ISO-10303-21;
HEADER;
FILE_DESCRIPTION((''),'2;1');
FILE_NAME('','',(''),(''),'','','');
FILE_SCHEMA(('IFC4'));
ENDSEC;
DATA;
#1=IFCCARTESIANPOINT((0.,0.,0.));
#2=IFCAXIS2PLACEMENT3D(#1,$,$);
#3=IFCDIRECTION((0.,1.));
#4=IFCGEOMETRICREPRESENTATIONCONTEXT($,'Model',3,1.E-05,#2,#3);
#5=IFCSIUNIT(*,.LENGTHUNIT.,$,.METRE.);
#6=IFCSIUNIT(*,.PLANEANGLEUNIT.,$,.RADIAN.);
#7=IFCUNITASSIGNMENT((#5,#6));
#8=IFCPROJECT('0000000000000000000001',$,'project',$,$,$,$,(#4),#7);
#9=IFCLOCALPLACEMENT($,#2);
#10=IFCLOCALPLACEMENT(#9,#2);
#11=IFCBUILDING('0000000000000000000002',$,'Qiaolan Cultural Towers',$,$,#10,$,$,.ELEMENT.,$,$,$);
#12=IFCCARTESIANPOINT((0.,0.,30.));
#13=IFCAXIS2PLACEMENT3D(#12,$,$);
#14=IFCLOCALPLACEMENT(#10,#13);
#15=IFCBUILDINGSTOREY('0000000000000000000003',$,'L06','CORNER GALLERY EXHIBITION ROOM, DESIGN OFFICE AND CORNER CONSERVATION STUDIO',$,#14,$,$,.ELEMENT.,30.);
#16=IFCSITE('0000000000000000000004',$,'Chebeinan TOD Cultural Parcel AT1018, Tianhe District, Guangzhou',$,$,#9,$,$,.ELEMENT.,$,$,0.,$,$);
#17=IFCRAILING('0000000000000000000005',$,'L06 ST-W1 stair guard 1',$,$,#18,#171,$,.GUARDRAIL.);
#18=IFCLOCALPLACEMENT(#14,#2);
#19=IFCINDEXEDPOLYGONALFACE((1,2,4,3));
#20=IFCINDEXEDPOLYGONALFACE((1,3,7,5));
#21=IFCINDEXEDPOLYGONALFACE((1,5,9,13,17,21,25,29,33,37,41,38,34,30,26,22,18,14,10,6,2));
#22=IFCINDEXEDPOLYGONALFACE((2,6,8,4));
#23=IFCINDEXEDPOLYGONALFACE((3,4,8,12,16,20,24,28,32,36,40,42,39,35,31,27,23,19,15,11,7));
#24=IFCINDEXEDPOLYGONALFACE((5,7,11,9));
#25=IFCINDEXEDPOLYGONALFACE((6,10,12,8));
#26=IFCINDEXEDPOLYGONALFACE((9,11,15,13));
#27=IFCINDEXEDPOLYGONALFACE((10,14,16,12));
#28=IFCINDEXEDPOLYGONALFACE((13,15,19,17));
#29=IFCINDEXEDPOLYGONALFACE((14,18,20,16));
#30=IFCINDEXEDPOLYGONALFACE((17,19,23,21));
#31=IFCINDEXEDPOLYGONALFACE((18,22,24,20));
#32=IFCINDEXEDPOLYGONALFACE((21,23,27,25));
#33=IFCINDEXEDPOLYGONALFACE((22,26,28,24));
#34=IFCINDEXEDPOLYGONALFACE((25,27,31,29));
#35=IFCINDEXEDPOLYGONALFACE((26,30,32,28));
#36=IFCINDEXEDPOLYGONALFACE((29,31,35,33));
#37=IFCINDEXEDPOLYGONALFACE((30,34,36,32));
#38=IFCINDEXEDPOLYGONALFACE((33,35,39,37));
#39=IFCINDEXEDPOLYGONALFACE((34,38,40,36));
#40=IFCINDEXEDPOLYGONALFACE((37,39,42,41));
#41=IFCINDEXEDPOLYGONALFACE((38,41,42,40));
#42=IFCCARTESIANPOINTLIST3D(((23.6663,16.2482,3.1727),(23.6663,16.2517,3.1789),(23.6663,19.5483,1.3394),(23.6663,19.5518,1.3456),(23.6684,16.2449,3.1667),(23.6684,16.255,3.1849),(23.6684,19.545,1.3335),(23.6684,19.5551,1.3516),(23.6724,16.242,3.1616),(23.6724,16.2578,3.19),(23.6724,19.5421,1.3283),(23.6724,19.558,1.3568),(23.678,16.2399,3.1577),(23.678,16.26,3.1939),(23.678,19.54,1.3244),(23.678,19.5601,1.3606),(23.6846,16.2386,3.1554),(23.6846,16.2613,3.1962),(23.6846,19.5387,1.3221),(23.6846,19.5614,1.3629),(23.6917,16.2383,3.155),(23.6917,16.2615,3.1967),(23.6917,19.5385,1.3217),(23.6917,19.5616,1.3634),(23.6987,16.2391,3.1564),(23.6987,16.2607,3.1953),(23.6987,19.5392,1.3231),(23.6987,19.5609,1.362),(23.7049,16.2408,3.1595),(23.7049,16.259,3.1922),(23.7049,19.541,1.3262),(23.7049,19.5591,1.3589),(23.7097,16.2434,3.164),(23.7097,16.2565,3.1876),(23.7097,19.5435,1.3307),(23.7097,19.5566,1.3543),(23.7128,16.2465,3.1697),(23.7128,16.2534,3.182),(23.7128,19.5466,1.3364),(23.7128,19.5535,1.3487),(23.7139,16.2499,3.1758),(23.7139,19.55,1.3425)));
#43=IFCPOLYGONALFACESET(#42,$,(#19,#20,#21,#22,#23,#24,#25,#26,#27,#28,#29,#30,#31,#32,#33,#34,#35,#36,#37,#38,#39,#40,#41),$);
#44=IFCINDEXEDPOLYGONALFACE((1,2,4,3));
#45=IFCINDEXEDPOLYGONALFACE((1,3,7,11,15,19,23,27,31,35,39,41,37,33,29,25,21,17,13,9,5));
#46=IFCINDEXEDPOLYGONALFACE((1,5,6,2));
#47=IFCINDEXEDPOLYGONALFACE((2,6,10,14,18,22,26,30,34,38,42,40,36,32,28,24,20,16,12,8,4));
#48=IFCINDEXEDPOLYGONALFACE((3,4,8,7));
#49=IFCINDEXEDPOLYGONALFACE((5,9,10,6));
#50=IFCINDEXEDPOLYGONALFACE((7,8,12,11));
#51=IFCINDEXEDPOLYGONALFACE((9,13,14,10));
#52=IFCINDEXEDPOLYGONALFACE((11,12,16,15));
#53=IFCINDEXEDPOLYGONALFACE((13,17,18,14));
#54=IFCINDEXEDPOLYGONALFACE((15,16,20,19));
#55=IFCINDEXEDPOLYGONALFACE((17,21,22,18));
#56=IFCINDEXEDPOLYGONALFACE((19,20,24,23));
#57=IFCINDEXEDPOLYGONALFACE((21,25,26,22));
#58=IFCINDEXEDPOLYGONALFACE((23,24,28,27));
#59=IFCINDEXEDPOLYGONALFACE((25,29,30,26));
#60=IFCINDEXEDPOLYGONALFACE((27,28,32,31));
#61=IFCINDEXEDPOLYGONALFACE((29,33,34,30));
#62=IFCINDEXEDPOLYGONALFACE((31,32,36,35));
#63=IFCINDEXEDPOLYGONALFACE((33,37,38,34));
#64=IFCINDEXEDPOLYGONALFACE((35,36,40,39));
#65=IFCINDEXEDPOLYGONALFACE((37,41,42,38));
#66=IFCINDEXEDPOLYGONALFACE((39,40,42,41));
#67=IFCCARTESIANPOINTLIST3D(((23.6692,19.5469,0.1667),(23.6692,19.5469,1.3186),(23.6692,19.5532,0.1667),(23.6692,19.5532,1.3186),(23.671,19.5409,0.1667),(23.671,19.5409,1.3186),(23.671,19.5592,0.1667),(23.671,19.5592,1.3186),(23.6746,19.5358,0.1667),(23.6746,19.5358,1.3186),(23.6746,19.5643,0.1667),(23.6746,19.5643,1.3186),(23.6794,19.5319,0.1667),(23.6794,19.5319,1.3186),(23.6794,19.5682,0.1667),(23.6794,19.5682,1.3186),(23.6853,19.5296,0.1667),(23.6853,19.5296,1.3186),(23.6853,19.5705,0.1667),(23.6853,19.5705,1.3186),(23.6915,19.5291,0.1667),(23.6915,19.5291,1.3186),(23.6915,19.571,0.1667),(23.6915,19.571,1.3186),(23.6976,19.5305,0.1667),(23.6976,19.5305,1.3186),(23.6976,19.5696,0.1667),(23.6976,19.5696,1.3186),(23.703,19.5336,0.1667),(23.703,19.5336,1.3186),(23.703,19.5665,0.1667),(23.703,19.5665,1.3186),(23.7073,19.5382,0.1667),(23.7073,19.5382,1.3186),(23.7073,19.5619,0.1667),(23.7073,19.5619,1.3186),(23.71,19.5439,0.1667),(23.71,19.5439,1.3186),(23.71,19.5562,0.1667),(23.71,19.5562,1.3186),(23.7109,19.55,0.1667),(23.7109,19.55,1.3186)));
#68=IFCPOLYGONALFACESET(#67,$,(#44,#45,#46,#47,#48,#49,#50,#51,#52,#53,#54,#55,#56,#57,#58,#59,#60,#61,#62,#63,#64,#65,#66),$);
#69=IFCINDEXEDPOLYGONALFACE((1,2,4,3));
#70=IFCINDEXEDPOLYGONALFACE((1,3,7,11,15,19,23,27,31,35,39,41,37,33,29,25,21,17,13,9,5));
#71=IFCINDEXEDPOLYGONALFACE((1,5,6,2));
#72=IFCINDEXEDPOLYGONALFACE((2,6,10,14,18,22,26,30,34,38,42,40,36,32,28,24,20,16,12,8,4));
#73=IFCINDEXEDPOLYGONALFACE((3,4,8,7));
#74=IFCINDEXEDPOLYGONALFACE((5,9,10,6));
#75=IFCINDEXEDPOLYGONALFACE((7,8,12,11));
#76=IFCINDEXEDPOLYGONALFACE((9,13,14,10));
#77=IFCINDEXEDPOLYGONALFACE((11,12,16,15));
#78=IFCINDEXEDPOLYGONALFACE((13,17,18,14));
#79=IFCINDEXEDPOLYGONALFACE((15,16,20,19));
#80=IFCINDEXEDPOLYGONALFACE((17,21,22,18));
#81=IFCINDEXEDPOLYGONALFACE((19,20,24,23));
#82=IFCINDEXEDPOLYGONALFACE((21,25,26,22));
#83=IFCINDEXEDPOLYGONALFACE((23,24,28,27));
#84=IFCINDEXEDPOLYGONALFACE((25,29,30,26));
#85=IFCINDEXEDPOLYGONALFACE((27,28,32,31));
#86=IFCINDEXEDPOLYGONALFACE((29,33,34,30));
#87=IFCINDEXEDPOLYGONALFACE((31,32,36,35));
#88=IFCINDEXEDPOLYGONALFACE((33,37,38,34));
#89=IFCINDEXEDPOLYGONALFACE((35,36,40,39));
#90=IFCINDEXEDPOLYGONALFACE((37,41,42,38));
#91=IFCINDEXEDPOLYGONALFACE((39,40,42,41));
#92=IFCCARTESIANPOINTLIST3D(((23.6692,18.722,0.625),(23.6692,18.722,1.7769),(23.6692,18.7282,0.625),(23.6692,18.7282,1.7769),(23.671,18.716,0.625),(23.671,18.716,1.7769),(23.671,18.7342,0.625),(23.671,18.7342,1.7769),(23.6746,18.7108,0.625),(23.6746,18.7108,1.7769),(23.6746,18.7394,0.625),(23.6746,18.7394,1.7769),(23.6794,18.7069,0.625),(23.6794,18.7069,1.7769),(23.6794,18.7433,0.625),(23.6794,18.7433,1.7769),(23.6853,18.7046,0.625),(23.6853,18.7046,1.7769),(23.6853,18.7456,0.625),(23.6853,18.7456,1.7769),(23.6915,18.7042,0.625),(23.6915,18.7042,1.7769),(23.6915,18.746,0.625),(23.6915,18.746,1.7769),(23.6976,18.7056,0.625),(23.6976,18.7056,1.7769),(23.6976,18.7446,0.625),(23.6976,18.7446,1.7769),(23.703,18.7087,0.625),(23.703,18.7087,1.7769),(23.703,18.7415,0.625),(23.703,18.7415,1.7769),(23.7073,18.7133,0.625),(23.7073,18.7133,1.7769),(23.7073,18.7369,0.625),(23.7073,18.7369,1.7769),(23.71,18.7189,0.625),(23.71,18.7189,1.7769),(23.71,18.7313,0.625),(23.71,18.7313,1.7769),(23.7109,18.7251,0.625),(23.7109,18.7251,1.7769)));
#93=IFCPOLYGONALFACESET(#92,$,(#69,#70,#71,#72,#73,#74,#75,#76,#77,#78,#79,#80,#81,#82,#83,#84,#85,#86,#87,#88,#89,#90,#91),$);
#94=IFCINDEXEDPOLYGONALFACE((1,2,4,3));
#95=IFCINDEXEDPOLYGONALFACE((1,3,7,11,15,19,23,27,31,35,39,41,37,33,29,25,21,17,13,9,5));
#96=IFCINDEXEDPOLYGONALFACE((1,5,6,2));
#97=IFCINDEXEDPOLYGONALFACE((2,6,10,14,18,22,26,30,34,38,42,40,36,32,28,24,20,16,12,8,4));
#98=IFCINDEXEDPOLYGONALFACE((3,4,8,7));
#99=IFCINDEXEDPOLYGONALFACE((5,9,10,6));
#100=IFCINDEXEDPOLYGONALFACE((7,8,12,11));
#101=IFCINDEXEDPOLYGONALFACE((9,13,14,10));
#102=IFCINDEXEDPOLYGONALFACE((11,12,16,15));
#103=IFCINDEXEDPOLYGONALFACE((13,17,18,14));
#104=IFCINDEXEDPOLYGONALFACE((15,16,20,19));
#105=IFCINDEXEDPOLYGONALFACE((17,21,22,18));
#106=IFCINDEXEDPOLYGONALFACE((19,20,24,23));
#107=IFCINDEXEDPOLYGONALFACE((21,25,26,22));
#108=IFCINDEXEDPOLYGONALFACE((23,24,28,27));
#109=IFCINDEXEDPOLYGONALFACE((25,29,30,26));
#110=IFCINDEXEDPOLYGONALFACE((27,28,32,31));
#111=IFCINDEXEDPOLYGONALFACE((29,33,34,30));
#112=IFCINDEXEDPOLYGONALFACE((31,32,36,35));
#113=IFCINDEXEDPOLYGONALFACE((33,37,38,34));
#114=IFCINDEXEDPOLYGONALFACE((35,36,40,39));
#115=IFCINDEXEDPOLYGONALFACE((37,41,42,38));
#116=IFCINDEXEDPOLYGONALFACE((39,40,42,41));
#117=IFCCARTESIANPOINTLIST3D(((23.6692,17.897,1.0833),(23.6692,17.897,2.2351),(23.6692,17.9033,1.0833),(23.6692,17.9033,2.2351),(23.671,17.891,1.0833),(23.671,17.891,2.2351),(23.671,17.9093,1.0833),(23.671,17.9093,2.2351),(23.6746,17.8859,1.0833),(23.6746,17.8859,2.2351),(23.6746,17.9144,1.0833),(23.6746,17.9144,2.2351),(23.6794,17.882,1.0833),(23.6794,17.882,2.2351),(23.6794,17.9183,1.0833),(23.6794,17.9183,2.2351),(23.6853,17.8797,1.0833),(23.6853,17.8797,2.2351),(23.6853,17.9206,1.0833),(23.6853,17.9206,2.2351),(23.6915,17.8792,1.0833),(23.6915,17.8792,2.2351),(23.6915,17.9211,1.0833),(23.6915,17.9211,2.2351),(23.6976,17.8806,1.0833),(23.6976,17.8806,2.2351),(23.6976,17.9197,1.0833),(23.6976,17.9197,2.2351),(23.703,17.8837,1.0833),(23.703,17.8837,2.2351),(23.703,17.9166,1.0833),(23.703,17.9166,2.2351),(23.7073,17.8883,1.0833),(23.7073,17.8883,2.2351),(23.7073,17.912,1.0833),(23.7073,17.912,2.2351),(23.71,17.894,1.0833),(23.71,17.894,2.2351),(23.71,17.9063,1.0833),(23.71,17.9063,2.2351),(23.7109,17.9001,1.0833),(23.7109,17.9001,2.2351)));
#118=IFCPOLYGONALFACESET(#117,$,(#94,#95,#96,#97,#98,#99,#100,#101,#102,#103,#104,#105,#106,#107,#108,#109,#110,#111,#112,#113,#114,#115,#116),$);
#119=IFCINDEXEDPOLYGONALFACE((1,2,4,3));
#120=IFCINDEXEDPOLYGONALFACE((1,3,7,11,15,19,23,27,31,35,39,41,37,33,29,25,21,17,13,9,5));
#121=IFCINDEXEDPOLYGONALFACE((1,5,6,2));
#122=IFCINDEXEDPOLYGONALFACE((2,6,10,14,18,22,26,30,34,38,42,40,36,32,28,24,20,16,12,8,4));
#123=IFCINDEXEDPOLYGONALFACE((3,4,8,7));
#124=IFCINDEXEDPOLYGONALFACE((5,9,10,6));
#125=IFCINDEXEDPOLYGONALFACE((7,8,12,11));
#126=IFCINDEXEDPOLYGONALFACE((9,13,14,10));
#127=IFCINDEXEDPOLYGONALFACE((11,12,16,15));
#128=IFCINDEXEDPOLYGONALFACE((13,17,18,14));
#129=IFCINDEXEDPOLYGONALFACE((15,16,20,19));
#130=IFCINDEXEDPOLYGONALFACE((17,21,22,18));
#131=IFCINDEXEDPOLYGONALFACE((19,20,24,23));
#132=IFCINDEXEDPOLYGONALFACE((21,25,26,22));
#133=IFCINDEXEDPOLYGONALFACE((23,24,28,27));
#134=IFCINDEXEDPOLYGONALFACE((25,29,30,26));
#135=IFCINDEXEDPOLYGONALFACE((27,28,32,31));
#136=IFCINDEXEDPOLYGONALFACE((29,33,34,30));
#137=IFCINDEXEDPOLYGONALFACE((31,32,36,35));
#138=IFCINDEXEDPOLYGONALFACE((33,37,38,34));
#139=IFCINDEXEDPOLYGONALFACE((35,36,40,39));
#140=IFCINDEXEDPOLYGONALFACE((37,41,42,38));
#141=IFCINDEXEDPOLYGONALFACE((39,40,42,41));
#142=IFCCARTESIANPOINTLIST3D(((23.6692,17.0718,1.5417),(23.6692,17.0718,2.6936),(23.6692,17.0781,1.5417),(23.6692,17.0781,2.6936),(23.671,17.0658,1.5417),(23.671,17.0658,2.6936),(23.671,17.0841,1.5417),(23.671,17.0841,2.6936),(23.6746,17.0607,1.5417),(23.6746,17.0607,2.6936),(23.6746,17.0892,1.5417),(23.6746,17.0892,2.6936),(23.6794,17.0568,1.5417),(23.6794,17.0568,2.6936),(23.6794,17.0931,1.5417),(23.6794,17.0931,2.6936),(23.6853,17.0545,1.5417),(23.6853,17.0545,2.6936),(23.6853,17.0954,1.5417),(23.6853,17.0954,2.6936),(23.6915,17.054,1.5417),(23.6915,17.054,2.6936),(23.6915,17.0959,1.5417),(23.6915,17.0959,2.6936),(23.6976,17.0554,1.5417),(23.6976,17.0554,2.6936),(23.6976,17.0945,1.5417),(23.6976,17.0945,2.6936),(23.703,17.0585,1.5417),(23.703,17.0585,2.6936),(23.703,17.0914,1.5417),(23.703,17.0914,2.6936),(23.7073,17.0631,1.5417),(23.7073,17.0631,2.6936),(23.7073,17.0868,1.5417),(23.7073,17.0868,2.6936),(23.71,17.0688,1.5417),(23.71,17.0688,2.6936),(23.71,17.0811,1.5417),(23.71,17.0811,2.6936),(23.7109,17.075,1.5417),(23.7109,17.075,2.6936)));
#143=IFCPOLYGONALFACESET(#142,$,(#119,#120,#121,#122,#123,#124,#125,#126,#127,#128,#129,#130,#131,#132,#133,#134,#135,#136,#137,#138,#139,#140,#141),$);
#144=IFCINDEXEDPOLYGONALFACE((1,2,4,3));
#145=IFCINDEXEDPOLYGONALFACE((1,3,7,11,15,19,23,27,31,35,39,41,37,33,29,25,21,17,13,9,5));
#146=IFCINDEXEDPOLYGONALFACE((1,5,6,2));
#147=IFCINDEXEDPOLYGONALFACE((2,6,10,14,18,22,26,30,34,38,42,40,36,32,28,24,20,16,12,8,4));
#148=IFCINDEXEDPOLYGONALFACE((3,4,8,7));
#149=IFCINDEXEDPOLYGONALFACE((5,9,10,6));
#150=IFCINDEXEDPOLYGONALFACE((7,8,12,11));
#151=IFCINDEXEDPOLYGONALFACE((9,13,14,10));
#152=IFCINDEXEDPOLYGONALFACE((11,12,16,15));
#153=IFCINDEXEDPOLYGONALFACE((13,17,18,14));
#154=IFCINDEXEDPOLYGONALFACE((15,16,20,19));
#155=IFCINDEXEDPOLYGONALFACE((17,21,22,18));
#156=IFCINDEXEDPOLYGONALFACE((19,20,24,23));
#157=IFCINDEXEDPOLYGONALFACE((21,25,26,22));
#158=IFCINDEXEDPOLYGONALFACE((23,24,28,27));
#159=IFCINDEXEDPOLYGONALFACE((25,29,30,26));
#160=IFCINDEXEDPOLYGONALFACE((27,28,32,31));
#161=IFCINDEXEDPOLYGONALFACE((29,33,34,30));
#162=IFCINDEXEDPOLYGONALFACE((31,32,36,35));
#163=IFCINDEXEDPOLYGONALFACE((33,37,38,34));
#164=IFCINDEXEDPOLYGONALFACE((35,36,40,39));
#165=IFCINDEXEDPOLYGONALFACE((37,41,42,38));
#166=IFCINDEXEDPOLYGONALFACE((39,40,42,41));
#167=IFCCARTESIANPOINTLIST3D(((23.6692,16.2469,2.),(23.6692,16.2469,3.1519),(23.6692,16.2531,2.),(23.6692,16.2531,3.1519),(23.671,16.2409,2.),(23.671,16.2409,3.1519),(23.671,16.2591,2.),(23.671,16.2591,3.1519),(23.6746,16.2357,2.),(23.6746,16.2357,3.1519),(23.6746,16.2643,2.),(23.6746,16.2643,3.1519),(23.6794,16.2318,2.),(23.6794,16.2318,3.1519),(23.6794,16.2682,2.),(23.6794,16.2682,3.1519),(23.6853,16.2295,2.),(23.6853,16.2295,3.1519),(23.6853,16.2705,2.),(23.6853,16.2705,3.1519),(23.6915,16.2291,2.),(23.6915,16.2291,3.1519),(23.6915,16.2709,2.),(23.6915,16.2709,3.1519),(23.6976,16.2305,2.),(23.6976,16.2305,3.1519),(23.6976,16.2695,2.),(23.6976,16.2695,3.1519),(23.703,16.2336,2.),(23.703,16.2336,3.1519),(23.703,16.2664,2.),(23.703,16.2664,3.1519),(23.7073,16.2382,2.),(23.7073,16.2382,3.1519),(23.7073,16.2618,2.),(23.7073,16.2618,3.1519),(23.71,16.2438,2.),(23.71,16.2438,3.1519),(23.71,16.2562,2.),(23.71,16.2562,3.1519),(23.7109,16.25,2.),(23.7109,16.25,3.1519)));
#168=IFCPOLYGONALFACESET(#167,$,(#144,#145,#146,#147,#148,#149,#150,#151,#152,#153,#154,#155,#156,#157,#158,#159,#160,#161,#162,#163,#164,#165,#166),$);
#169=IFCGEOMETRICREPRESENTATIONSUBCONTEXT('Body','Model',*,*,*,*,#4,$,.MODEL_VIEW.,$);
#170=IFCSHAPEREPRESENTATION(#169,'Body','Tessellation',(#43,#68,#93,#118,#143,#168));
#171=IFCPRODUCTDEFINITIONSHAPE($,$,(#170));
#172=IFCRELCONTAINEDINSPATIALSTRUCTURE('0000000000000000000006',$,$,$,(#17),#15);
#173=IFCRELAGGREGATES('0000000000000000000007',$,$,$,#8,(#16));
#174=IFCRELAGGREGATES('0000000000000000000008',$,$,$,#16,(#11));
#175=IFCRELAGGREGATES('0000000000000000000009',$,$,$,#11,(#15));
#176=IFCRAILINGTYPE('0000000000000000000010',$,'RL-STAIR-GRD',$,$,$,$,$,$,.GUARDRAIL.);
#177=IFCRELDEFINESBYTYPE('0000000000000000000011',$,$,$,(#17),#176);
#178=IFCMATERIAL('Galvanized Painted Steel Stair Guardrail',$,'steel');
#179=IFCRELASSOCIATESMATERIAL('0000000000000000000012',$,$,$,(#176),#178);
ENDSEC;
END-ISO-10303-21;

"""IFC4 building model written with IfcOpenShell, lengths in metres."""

from ifc_helpers import new_model, si_unit, direction, frame, origin, origin_2d, place, context, subcontext, project, spatial, circle, extrude, material, type_object, element, save


model = new_model("IFC4")

# Units and contexts
model_context = context("Model", 3, precision=1e-05, world=origin(), true_north=direction((0.0, 1.0)))
body_context = subcontext(model_context, "Body", "Model", "MODEL_VIEW")
ifc_project = project(units=[si_unit("LENGTHUNIT", "METRE"), si_unit("PLANEANGLEUNIT", "RADIAN")], contexts=[model_context])

# Site, building, storey
site_placement = place(None, origin())
site = spatial("IfcSite", under=ifc_project, at=site_placement, Name="Chebeinan TOD Cultural Parcel AT1018, Tianhe District, Guangzhou", CompositionType="ELEMENT", RefElevation=0.0)
building_placement = place(site_placement, origin())
building = spatial("IfcBuilding", under=site, at=building_placement, Name="Qiaolan Cultural Towers", CompositionType="ELEMENT")
storey_placement = place(building_placement, frame((0.0, 0.0, 30.0)))
storey = spatial("IfcBuildingStorey", under=building, at=storey_placement, Name="L06", Description="CORNER GALLERY EXHIBITION ROOM, DESIGN OFFICE AND CORNER CONSERVATION STUDIO", CompositionType="ELEMENT", Elevation=30.0)

# Railing
ifc_material_1 = material(Name="Galvanized Painted Steel Stair Guardrail", Category="steel")
railing_type_1 = type_object("IfcRailingType", Name="RL-STAIR-GRD", PredefinedType="GUARDRAIL", material=ifc_material_1)
railing_1_placement = place(storey_placement, frame((23.6899, 19.55, 0.1667)))
element("IfcRailing", 1, at=railing_1_placement, inside=storey, type_object=railing_type_1, Name="L06 ST-W1 stair guard 1", PredefinedType="GUARDRAIL", context=body_context, shape_type="SweptSolid", body=[
    extrude(circle(Radius=0.0239, at=origin_2d()), frame((0.0, 0.0, 1.1758), z_axis=(0.0, -0.874169, 0.485621), x_axis=(1.0, 0.0, 0.0)), (0.0, 0.0, 1.0), 3.7751),
    extrude(circle(Radius=0.021, at=origin_2d()), origin(), (0.0, 0.0, 1.0), 1.1519),
    extrude(circle(Radius=0.021, at=origin_2d()), frame((0.0, -0.825, 0.4583)), (0.0, 0.0, 1.0), 1.1519),
    extrude(circle(Radius=0.021, at=origin_2d()), frame((0.0, -1.6499, 0.9165)), (0.0, 0.0, 1.0), 1.1519),
    extrude(circle(Radius=0.021, at=origin_2d()), frame((0.0, -2.4751, 1.375)), (0.0, 0.0, 1.0), 1.1519),
    extrude(circle(Radius=0.021, at=origin_2d()), frame((0.0, -3.3, 1.8333)), (0.0, 0.0, 1.0), 1.1519),
])

save(model, "model.ifc")
